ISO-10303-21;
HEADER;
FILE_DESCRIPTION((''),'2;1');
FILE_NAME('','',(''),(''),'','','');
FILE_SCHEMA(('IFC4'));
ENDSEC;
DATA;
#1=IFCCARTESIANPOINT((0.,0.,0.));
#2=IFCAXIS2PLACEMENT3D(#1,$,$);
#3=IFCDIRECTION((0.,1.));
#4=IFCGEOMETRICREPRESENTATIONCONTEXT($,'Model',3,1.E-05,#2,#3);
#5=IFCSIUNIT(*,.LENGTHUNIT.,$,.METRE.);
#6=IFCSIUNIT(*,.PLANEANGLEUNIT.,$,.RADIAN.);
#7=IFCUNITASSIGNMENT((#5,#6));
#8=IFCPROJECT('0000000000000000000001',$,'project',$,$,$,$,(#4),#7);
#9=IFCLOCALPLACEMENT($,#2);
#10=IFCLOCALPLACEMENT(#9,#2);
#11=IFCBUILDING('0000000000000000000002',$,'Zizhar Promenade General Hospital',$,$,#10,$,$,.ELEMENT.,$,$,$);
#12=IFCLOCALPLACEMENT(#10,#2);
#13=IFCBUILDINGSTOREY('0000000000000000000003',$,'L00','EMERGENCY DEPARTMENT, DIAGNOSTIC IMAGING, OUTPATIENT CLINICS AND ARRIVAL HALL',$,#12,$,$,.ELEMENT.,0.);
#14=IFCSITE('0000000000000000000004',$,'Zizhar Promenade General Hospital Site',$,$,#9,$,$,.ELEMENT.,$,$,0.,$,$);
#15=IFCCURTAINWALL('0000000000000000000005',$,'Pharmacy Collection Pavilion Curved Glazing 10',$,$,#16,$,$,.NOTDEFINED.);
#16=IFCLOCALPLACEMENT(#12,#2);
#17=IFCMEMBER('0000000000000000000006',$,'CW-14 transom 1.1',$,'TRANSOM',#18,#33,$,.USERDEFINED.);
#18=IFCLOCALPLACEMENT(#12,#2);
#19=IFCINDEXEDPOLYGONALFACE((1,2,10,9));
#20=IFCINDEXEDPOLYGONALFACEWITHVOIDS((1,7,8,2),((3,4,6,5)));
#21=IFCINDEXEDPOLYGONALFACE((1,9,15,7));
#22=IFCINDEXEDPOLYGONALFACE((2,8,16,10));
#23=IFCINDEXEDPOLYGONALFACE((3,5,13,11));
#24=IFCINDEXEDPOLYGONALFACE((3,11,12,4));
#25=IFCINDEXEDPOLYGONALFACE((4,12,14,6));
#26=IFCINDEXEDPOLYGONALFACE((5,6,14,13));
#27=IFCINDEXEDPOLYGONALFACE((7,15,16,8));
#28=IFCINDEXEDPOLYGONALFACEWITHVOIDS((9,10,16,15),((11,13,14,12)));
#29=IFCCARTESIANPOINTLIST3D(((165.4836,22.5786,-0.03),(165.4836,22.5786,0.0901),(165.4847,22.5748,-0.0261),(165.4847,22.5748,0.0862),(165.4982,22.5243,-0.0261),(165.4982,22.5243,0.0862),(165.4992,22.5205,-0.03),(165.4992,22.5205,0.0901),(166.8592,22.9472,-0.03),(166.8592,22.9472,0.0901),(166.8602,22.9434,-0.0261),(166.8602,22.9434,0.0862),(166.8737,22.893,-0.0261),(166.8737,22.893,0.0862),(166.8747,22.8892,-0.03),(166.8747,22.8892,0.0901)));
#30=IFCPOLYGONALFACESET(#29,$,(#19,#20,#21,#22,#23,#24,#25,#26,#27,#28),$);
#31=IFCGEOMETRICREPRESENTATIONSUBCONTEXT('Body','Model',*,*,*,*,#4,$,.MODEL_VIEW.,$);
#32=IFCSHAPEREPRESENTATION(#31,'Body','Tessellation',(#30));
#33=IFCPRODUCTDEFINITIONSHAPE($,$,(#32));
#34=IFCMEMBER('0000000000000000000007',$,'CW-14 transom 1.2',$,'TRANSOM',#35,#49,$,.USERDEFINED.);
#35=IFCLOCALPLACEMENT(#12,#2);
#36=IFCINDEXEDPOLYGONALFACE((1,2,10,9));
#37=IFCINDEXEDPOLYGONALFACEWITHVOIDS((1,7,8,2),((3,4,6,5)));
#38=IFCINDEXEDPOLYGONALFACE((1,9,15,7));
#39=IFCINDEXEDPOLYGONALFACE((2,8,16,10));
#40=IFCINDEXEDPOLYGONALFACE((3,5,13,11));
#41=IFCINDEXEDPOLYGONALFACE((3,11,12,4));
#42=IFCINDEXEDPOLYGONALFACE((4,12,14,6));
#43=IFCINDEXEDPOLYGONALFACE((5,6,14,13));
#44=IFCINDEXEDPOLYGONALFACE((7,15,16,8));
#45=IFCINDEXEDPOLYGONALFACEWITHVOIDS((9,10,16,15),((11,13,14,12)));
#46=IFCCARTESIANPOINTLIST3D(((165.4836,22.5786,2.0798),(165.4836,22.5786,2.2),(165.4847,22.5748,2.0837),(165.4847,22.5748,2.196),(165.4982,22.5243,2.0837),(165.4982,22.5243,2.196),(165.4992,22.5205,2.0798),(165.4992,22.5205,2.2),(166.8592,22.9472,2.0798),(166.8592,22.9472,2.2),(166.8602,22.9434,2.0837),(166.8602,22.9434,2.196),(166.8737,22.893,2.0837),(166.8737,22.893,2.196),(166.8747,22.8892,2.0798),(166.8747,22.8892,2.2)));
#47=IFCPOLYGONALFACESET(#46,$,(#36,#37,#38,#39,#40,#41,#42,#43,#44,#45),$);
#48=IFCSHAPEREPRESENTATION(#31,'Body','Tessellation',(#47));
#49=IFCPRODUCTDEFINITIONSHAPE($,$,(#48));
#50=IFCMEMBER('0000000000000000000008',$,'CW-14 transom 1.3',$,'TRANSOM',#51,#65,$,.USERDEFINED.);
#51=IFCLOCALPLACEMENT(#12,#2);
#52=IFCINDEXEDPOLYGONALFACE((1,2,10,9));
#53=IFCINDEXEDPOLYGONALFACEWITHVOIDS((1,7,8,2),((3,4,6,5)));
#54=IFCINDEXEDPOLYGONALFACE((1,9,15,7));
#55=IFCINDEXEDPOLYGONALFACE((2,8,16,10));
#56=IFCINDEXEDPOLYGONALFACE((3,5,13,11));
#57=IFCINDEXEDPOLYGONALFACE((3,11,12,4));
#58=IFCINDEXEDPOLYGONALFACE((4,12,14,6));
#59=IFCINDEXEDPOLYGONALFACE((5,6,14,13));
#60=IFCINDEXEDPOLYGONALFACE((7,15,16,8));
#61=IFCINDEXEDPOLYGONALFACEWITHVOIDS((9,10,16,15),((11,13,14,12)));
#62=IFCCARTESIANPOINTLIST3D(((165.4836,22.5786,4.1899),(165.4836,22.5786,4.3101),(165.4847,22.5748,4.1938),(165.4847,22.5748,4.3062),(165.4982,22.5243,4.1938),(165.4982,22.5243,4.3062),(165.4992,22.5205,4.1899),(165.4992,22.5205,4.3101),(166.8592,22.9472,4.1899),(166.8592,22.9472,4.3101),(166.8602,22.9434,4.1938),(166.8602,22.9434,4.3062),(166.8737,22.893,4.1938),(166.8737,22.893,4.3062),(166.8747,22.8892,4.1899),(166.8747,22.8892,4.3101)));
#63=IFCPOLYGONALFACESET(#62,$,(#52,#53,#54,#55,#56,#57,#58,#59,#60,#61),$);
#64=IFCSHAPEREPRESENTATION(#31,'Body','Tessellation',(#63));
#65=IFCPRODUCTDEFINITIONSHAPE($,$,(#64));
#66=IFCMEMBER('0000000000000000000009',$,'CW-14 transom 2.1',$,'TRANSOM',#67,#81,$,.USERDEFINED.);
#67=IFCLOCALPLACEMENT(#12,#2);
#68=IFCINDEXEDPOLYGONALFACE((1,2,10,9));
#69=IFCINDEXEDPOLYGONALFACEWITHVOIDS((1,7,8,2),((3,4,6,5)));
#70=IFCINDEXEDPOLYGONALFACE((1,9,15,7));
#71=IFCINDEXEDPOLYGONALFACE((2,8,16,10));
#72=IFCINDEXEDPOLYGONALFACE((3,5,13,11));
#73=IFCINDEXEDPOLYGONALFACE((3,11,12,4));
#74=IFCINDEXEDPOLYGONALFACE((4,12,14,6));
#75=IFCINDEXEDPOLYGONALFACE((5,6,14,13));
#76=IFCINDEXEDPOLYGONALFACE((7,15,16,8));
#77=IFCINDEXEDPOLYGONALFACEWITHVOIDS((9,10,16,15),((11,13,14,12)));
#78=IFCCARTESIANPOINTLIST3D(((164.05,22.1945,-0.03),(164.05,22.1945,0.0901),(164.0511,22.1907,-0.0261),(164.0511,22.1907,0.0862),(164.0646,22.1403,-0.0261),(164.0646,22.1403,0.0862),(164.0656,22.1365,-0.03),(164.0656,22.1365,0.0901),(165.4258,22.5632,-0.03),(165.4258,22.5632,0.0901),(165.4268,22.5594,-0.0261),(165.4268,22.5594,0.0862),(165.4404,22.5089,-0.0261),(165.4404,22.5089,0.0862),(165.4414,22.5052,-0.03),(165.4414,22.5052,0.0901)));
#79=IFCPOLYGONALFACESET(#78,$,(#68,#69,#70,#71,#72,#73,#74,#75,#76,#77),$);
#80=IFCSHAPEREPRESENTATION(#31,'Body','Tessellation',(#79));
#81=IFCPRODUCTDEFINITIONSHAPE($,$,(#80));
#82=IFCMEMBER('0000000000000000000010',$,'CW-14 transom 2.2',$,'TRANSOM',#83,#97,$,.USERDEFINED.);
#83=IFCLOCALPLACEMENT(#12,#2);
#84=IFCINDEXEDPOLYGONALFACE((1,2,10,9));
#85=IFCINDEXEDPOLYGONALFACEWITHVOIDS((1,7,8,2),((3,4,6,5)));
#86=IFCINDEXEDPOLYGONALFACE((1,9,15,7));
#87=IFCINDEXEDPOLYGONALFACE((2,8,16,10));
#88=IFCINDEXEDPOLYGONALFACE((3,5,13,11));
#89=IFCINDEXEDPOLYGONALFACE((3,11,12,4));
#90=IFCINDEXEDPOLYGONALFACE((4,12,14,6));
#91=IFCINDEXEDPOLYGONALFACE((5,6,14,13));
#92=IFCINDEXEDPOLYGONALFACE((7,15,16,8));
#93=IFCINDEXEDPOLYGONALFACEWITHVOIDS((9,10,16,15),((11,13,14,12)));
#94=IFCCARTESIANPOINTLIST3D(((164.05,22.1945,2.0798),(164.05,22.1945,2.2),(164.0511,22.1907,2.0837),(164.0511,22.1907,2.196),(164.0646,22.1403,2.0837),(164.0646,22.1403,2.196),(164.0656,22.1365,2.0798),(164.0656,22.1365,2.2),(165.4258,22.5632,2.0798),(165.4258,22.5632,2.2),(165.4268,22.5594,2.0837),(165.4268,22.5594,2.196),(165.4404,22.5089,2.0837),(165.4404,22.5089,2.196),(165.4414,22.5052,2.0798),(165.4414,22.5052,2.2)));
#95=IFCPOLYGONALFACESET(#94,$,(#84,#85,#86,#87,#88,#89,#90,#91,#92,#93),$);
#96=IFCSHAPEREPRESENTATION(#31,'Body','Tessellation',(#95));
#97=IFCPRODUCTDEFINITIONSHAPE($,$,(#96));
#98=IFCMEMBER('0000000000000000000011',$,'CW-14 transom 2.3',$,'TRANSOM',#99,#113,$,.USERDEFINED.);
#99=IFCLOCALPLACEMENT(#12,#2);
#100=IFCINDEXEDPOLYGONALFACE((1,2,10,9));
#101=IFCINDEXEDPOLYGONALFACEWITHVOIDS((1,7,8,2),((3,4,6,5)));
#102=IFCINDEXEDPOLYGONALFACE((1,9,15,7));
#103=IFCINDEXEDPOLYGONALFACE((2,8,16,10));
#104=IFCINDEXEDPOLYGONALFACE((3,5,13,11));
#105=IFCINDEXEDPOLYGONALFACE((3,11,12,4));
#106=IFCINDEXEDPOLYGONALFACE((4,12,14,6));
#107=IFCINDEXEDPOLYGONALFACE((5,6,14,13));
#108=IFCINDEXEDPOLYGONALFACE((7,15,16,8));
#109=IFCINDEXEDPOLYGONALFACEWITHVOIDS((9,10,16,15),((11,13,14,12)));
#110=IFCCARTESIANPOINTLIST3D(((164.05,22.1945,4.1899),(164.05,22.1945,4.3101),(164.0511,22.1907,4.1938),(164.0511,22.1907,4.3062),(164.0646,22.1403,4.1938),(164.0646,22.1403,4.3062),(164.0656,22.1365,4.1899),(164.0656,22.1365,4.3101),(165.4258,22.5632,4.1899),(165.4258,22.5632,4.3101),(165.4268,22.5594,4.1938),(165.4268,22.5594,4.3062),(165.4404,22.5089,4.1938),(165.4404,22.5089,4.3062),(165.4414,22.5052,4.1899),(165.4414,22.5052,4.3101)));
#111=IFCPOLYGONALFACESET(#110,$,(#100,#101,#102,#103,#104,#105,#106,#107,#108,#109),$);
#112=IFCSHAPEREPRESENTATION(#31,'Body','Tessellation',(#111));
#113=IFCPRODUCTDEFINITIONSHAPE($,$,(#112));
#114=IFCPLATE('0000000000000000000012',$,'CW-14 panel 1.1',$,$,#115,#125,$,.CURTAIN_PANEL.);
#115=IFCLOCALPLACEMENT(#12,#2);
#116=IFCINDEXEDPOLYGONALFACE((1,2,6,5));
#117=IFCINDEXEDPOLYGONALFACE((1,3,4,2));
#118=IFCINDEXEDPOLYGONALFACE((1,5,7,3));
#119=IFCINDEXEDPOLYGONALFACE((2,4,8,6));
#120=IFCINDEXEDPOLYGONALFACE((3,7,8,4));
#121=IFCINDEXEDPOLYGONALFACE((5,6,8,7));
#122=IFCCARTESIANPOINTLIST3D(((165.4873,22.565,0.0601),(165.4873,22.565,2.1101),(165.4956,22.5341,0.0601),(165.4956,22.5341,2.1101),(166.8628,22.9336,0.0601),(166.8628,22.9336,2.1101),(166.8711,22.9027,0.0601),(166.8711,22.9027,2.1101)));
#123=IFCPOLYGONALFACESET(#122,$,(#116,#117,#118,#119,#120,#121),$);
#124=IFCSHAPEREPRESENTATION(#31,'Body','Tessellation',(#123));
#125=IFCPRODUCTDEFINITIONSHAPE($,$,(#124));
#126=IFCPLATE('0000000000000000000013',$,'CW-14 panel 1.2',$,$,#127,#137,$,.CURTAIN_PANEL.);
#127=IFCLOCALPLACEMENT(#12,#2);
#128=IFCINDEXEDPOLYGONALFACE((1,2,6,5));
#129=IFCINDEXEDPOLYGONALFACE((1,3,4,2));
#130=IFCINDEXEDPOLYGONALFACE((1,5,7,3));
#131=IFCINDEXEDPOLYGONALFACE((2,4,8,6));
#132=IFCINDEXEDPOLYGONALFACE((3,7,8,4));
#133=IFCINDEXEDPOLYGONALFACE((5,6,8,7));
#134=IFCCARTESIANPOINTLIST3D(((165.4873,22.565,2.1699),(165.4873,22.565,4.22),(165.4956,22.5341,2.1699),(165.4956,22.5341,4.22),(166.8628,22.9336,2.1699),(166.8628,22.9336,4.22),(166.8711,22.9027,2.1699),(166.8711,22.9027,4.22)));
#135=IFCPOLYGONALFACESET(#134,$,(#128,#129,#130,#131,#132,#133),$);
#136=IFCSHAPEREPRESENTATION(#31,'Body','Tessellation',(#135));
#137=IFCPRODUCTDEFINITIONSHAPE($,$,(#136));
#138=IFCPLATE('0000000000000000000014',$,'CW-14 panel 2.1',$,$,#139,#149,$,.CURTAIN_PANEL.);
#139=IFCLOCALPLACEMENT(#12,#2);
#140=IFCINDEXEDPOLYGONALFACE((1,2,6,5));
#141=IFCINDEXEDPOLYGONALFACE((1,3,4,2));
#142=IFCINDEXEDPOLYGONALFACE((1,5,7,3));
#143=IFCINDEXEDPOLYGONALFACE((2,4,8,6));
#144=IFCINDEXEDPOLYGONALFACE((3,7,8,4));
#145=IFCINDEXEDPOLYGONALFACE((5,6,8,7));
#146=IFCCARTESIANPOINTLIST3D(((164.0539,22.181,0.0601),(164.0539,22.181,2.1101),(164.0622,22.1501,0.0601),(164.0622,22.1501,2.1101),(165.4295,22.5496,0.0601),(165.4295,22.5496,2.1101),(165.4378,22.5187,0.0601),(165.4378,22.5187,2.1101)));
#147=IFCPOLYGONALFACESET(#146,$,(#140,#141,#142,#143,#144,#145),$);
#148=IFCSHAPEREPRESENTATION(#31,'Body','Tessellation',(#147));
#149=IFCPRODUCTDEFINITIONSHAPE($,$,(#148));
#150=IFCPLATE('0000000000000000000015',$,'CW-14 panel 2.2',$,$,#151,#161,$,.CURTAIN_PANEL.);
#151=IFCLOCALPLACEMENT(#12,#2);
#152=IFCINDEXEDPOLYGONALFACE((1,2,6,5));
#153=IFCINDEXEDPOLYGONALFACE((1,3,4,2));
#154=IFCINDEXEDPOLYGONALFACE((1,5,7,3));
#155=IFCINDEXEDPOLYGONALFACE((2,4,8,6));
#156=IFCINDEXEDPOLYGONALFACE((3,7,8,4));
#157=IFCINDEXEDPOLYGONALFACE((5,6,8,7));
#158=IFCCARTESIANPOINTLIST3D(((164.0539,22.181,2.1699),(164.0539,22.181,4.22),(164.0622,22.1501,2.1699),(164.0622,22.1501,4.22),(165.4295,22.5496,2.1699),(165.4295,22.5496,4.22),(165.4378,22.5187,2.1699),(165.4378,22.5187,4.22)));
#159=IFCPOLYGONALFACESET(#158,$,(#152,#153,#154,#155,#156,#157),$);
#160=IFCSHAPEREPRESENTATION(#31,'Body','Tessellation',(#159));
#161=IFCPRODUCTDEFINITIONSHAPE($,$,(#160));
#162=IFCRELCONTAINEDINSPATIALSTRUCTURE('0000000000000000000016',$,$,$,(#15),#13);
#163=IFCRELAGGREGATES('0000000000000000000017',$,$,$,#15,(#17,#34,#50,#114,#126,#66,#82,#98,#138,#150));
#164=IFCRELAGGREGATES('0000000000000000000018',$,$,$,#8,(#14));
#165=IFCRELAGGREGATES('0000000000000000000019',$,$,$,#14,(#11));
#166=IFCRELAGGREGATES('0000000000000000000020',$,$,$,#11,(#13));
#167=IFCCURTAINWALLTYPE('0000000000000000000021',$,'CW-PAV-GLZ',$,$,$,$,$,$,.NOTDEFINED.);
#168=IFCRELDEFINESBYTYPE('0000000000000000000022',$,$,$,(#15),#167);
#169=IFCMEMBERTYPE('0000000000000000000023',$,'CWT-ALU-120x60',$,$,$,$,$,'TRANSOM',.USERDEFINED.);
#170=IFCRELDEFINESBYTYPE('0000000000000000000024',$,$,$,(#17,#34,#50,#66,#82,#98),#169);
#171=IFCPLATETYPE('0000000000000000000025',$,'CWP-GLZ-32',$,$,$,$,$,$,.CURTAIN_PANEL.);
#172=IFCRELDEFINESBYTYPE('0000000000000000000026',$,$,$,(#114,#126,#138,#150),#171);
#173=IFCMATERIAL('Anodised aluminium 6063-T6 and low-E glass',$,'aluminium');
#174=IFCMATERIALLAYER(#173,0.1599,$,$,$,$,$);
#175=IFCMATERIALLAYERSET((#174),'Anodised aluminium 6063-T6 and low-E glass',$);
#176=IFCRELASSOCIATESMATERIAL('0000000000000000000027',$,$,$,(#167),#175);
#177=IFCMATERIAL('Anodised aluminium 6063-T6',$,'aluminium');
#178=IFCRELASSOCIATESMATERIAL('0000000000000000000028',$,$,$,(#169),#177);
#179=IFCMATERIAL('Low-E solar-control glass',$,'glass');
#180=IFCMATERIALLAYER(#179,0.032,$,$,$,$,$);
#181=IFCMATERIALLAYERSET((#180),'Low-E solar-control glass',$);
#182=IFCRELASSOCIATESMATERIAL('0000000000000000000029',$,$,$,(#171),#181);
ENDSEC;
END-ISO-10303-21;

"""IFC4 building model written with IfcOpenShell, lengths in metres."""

from ifc_helpers import new_model, si_unit, direction, frame, origin, origin_2d, place, context, subcontext, project, spatial, rectangle, hollow_rectangle, extrude, material, layer, layer_set, material_profile, profile_set, type_object, element, aggregate, save


model = new_model("IFC4")

# Units and contexts
model_context = context("Model", 3, precision=1e-05, world=origin(), true_north=direction((0.0, 1.0)))
body_context = subcontext(model_context, "Body", "Model", "MODEL_VIEW")
ifc_project = project(units=[si_unit("LENGTHUNIT", "METRE"), si_unit("PLANEANGLEUNIT", "RADIAN")], contexts=[model_context])

# Site, building, storey
site_placement = place(None, origin())
site = spatial("IfcSite", under=ifc_project, at=site_placement, Name="Zizhar Promenade General Hospital Site", CompositionType="ELEMENT", RefElevation=0.0)
building_placement = place(site_placement, origin())
building = spatial("IfcBuilding", under=site, at=building_placement, Name="Zizhar Promenade General Hospital", CompositionType="ELEMENT")
storey_placement = place(building_placement, origin())
storey = spatial("IfcBuildingStorey", under=building, at=storey_placement, Name="L00", Description="EMERGENCY DEPARTMENT, DIAGNOSTIC IMAGING, OUTPATIENT CLINICS AND ARRIVAL HALL", CompositionType="ELEMENT", Elevation=0.0)

# Shared definitions
ifc_material_1 = material(Name="Anodised aluminium 6063-T6 and low-E glass", Category="aluminium")
ifc_layer_1 = layer(ifc_material_1, 0.1599)
ifc_layer_set_1 = layer_set([ifc_layer_1], Name="Anodised aluminium 6063-T6 and low-E glass")
curtain_wall_type = type_object("IfcCurtainWallType", Name="CW-PAV-GLZ", PredefinedType="NOTDEFINED", material=ifc_layer_set_1)

# Curtain wall
curtain_wall_1_placement = place(storey_placement, origin())
curtain_wall_1 = element("IfcCurtainWall", 1, at=curtain_wall_1_placement, inside=storey, type_object=curtain_wall_type, Name="Pharmacy Collection Pavilion Curved Glazing 10", PredefinedType="NOTDEFINED")

# Members
ifc_material_2 = material(Name="Anodised aluminium 6063-T6", Category="aluminium")
ifc_material_profile_1 = material_profile(ifc_material_2, hollow_rectangle(XDim=0.0601, YDim=0.1201, WallThickness=0.0039, at=origin_2d()))
ifc_profile_set_1 = profile_set([ifc_material_profile_1], Name="Anodised aluminium 6063-T6")
member_type_1 = type_object("IfcMemberType", Name="CWT-ALU-120x60", ElementType="TRANSOM", PredefinedType="USERDEFINED", material=ifc_profile_set_1)
member_1_placement = place(storey_placement, frame((166.8669, 22.9182, 0.03), z_axis=(-0.96591, -0.258879, 0.0), x_axis=(0.258879, -0.96591, 0.0)))
member_1 = element("IfcMember", 2, at=member_1_placement, type_object=member_type_1, Name="CW-14 transom 1.1", ObjectType="TRANSOM", PredefinedType="USERDEFINED", context=body_context, shape_type="SweptSolid", body=[
    extrude(hollow_rectangle(XDim=0.0601, YDim=0.1201, WallThickness=0.0039, at=origin_2d()), origin(), (0.0, 0.0, 1.0), 1.4241),
])
member_2_placement = place(storey_placement, frame((166.8669, 22.9182, 2.1399), z_axis=(-0.96591, -0.258879, 0.0), x_axis=(0.258879, -0.96591, 0.0)))
member_2 = element("IfcMember", 3, at=member_2_placement, type_object=member_type_1, Name="CW-14 transom 1.2", ObjectType="TRANSOM", PredefinedType="USERDEFINED", context=body_context, shape_type="SweptSolid", body=[
    extrude(hollow_rectangle(XDim=0.0601, YDim=0.1201, WallThickness=0.0039, at=origin_2d()), origin(), (0.0, 0.0, 1.0), 1.4241),
])
member_3_placement = place(storey_placement, frame((166.8669, 22.9182, 4.25), z_axis=(-0.96591, -0.258879, 0.0), x_axis=(0.258879, -0.96591, 0.0)))
member_3 = element("IfcMember", 4, at=member_3_placement, type_object=member_type_1, Name="CW-14 transom 1.3", ObjectType="TRANSOM", PredefinedType="USERDEFINED", context=body_context, shape_type="SweptSolid", body=[
    extrude(hollow_rectangle(XDim=0.0601, YDim=0.1201, WallThickness=0.0039, at=origin_2d()), origin(), (0.0, 0.0, 1.0), 1.4241),
])
member_4_placement = place(storey_placement, frame((165.4336, 22.5342, 0.03), z_axis=(-0.965921, -0.258836, 0.0), x_axis=(0.258836, -0.965921, 0.0)))
member_4 = element("IfcMember", 5, at=member_4_placement, type_object=member_type_1, Name="CW-14 transom 2.1", ObjectType="TRANSOM", PredefinedType="USERDEFINED", context=body_context, shape_type="SweptSolid", body=[
    extrude(hollow_rectangle(XDim=0.0601, YDim=0.1201, WallThickness=0.0039, at=origin_2d()), origin(), (0.0, 0.0, 1.0), 1.4243),
])
member_5_placement = place(storey_placement, frame((165.4336, 22.5342, 2.1399), z_axis=(-0.965921, -0.258836, 0.0), x_axis=(0.258836, -0.965921, 0.0)))
member_5 = element("IfcMember", 6, at=member_5_placement, type_object=member_type_1, Name="CW-14 transom 2.2", ObjectType="TRANSOM", PredefinedType="USERDEFINED", context=body_context, shape_type="SweptSolid", body=[
    extrude(hollow_rectangle(XDim=0.0601, YDim=0.1201, WallThickness=0.0039, at=origin_2d()), origin(), (0.0, 0.0, 1.0), 1.4243),
])
member_6_placement = place(storey_placement, frame((165.4336, 22.5342, 4.25), z_axis=(-0.965921, -0.258836, 0.0), x_axis=(0.258836, -0.965921, 0.0)))
member_6 = element("IfcMember", 7, at=member_6_placement, type_object=member_type_1, Name="CW-14 transom 2.3", ObjectType="TRANSOM", PredefinedType="USERDEFINED", context=body_context, shape_type="SweptSolid", body=[
    extrude(hollow_rectangle(XDim=0.0601, YDim=0.1201, WallThickness=0.0039, at=origin_2d()), origin(), (0.0, 0.0, 1.0), 1.4243),
])

# Plates
ifc_material_3 = material(Name="Low-E solar-control glass", Category="glass")
ifc_layer_2 = layer(ifc_material_3, 0.032)
ifc_layer_set_2 = layer_set([ifc_layer_2], Name="Low-E solar-control glass")
plate_type = type_object("IfcPlateType", Name="CWP-GLZ-32", PredefinedType="CURTAIN_PANEL", material=ifc_layer_set_2)
plate_1_placement = place(storey_placement, frame((166.1792, 22.7339, 0.0601), z_axis=(0.0, 0.0, 1.0), x_axis=(-0.965922, -0.258834, 0.0)))
plate_1 = element("IfcPlate", 8, at=plate_1_placement, type_object=plate_type, Name="CW-14 panel 1.1", PredefinedType="CURTAIN_PANEL", context=body_context, shape_type="SweptSolid", body=[
    extrude(rectangle(XDim=1.4241, YDim=0.032, at=origin_2d()), origin(), (0.0, 0.0, 1.0), 2.05),
])
plate_2_placement = place(storey_placement, frame((166.1792, 22.7339, 2.1699), z_axis=(0.0, 0.0, 1.0), x_axis=(-0.965922, -0.258834, 0.0)))
plate_2 = element("IfcPlate", 9, at=plate_2_placement, type_object=plate_type, Name="CW-14 panel 1.2", PredefinedType="CURTAIN_PANEL", context=body_context, shape_type="SweptSolid", body=[
    extrude(rectangle(XDim=1.4241, YDim=0.032, at=origin_2d()), origin(), (0.0, 0.0, 1.0), 2.05),
])
plate_3_placement = place(storey_placement, frame((164.7458, 22.3499, 0.0601), z_axis=(0.0, 0.0, 1.0), x_axis=(-0.965922, -0.258834, 0.0)))
plate_3 = element("IfcPlate", 10, at=plate_3_placement, type_object=plate_type, Name="CW-14 panel 2.1", PredefinedType="CURTAIN_PANEL", context=body_context, shape_type="SweptSolid", body=[
    extrude(rectangle(XDim=1.4241, YDim=0.032, at=origin_2d()), origin(), (0.0, 0.0, 1.0), 2.05),
])
plate_4_placement = place(storey_placement, frame((164.7458, 22.3499, 2.1699), z_axis=(0.0, 0.0, 1.0), x_axis=(-0.965922, -0.258834, 0.0)))
plate_4 = element("IfcPlate", 11, at=plate_4_placement, type_object=plate_type, Name="CW-14 panel 2.2", PredefinedType="CURTAIN_PANEL", context=body_context, shape_type="SweptSolid", body=[
    extrude(rectangle(XDim=1.4241, YDim=0.032, at=origin_2d()), origin(), (0.0, 0.0, 1.0), 2.05),
])
aggregate(curtain_wall_1, [member_1, member_2, member_3, plate_1, plate_2, member_4, member_5, member_6, plate_3, plate_4])

save(model, "model.ifc")
